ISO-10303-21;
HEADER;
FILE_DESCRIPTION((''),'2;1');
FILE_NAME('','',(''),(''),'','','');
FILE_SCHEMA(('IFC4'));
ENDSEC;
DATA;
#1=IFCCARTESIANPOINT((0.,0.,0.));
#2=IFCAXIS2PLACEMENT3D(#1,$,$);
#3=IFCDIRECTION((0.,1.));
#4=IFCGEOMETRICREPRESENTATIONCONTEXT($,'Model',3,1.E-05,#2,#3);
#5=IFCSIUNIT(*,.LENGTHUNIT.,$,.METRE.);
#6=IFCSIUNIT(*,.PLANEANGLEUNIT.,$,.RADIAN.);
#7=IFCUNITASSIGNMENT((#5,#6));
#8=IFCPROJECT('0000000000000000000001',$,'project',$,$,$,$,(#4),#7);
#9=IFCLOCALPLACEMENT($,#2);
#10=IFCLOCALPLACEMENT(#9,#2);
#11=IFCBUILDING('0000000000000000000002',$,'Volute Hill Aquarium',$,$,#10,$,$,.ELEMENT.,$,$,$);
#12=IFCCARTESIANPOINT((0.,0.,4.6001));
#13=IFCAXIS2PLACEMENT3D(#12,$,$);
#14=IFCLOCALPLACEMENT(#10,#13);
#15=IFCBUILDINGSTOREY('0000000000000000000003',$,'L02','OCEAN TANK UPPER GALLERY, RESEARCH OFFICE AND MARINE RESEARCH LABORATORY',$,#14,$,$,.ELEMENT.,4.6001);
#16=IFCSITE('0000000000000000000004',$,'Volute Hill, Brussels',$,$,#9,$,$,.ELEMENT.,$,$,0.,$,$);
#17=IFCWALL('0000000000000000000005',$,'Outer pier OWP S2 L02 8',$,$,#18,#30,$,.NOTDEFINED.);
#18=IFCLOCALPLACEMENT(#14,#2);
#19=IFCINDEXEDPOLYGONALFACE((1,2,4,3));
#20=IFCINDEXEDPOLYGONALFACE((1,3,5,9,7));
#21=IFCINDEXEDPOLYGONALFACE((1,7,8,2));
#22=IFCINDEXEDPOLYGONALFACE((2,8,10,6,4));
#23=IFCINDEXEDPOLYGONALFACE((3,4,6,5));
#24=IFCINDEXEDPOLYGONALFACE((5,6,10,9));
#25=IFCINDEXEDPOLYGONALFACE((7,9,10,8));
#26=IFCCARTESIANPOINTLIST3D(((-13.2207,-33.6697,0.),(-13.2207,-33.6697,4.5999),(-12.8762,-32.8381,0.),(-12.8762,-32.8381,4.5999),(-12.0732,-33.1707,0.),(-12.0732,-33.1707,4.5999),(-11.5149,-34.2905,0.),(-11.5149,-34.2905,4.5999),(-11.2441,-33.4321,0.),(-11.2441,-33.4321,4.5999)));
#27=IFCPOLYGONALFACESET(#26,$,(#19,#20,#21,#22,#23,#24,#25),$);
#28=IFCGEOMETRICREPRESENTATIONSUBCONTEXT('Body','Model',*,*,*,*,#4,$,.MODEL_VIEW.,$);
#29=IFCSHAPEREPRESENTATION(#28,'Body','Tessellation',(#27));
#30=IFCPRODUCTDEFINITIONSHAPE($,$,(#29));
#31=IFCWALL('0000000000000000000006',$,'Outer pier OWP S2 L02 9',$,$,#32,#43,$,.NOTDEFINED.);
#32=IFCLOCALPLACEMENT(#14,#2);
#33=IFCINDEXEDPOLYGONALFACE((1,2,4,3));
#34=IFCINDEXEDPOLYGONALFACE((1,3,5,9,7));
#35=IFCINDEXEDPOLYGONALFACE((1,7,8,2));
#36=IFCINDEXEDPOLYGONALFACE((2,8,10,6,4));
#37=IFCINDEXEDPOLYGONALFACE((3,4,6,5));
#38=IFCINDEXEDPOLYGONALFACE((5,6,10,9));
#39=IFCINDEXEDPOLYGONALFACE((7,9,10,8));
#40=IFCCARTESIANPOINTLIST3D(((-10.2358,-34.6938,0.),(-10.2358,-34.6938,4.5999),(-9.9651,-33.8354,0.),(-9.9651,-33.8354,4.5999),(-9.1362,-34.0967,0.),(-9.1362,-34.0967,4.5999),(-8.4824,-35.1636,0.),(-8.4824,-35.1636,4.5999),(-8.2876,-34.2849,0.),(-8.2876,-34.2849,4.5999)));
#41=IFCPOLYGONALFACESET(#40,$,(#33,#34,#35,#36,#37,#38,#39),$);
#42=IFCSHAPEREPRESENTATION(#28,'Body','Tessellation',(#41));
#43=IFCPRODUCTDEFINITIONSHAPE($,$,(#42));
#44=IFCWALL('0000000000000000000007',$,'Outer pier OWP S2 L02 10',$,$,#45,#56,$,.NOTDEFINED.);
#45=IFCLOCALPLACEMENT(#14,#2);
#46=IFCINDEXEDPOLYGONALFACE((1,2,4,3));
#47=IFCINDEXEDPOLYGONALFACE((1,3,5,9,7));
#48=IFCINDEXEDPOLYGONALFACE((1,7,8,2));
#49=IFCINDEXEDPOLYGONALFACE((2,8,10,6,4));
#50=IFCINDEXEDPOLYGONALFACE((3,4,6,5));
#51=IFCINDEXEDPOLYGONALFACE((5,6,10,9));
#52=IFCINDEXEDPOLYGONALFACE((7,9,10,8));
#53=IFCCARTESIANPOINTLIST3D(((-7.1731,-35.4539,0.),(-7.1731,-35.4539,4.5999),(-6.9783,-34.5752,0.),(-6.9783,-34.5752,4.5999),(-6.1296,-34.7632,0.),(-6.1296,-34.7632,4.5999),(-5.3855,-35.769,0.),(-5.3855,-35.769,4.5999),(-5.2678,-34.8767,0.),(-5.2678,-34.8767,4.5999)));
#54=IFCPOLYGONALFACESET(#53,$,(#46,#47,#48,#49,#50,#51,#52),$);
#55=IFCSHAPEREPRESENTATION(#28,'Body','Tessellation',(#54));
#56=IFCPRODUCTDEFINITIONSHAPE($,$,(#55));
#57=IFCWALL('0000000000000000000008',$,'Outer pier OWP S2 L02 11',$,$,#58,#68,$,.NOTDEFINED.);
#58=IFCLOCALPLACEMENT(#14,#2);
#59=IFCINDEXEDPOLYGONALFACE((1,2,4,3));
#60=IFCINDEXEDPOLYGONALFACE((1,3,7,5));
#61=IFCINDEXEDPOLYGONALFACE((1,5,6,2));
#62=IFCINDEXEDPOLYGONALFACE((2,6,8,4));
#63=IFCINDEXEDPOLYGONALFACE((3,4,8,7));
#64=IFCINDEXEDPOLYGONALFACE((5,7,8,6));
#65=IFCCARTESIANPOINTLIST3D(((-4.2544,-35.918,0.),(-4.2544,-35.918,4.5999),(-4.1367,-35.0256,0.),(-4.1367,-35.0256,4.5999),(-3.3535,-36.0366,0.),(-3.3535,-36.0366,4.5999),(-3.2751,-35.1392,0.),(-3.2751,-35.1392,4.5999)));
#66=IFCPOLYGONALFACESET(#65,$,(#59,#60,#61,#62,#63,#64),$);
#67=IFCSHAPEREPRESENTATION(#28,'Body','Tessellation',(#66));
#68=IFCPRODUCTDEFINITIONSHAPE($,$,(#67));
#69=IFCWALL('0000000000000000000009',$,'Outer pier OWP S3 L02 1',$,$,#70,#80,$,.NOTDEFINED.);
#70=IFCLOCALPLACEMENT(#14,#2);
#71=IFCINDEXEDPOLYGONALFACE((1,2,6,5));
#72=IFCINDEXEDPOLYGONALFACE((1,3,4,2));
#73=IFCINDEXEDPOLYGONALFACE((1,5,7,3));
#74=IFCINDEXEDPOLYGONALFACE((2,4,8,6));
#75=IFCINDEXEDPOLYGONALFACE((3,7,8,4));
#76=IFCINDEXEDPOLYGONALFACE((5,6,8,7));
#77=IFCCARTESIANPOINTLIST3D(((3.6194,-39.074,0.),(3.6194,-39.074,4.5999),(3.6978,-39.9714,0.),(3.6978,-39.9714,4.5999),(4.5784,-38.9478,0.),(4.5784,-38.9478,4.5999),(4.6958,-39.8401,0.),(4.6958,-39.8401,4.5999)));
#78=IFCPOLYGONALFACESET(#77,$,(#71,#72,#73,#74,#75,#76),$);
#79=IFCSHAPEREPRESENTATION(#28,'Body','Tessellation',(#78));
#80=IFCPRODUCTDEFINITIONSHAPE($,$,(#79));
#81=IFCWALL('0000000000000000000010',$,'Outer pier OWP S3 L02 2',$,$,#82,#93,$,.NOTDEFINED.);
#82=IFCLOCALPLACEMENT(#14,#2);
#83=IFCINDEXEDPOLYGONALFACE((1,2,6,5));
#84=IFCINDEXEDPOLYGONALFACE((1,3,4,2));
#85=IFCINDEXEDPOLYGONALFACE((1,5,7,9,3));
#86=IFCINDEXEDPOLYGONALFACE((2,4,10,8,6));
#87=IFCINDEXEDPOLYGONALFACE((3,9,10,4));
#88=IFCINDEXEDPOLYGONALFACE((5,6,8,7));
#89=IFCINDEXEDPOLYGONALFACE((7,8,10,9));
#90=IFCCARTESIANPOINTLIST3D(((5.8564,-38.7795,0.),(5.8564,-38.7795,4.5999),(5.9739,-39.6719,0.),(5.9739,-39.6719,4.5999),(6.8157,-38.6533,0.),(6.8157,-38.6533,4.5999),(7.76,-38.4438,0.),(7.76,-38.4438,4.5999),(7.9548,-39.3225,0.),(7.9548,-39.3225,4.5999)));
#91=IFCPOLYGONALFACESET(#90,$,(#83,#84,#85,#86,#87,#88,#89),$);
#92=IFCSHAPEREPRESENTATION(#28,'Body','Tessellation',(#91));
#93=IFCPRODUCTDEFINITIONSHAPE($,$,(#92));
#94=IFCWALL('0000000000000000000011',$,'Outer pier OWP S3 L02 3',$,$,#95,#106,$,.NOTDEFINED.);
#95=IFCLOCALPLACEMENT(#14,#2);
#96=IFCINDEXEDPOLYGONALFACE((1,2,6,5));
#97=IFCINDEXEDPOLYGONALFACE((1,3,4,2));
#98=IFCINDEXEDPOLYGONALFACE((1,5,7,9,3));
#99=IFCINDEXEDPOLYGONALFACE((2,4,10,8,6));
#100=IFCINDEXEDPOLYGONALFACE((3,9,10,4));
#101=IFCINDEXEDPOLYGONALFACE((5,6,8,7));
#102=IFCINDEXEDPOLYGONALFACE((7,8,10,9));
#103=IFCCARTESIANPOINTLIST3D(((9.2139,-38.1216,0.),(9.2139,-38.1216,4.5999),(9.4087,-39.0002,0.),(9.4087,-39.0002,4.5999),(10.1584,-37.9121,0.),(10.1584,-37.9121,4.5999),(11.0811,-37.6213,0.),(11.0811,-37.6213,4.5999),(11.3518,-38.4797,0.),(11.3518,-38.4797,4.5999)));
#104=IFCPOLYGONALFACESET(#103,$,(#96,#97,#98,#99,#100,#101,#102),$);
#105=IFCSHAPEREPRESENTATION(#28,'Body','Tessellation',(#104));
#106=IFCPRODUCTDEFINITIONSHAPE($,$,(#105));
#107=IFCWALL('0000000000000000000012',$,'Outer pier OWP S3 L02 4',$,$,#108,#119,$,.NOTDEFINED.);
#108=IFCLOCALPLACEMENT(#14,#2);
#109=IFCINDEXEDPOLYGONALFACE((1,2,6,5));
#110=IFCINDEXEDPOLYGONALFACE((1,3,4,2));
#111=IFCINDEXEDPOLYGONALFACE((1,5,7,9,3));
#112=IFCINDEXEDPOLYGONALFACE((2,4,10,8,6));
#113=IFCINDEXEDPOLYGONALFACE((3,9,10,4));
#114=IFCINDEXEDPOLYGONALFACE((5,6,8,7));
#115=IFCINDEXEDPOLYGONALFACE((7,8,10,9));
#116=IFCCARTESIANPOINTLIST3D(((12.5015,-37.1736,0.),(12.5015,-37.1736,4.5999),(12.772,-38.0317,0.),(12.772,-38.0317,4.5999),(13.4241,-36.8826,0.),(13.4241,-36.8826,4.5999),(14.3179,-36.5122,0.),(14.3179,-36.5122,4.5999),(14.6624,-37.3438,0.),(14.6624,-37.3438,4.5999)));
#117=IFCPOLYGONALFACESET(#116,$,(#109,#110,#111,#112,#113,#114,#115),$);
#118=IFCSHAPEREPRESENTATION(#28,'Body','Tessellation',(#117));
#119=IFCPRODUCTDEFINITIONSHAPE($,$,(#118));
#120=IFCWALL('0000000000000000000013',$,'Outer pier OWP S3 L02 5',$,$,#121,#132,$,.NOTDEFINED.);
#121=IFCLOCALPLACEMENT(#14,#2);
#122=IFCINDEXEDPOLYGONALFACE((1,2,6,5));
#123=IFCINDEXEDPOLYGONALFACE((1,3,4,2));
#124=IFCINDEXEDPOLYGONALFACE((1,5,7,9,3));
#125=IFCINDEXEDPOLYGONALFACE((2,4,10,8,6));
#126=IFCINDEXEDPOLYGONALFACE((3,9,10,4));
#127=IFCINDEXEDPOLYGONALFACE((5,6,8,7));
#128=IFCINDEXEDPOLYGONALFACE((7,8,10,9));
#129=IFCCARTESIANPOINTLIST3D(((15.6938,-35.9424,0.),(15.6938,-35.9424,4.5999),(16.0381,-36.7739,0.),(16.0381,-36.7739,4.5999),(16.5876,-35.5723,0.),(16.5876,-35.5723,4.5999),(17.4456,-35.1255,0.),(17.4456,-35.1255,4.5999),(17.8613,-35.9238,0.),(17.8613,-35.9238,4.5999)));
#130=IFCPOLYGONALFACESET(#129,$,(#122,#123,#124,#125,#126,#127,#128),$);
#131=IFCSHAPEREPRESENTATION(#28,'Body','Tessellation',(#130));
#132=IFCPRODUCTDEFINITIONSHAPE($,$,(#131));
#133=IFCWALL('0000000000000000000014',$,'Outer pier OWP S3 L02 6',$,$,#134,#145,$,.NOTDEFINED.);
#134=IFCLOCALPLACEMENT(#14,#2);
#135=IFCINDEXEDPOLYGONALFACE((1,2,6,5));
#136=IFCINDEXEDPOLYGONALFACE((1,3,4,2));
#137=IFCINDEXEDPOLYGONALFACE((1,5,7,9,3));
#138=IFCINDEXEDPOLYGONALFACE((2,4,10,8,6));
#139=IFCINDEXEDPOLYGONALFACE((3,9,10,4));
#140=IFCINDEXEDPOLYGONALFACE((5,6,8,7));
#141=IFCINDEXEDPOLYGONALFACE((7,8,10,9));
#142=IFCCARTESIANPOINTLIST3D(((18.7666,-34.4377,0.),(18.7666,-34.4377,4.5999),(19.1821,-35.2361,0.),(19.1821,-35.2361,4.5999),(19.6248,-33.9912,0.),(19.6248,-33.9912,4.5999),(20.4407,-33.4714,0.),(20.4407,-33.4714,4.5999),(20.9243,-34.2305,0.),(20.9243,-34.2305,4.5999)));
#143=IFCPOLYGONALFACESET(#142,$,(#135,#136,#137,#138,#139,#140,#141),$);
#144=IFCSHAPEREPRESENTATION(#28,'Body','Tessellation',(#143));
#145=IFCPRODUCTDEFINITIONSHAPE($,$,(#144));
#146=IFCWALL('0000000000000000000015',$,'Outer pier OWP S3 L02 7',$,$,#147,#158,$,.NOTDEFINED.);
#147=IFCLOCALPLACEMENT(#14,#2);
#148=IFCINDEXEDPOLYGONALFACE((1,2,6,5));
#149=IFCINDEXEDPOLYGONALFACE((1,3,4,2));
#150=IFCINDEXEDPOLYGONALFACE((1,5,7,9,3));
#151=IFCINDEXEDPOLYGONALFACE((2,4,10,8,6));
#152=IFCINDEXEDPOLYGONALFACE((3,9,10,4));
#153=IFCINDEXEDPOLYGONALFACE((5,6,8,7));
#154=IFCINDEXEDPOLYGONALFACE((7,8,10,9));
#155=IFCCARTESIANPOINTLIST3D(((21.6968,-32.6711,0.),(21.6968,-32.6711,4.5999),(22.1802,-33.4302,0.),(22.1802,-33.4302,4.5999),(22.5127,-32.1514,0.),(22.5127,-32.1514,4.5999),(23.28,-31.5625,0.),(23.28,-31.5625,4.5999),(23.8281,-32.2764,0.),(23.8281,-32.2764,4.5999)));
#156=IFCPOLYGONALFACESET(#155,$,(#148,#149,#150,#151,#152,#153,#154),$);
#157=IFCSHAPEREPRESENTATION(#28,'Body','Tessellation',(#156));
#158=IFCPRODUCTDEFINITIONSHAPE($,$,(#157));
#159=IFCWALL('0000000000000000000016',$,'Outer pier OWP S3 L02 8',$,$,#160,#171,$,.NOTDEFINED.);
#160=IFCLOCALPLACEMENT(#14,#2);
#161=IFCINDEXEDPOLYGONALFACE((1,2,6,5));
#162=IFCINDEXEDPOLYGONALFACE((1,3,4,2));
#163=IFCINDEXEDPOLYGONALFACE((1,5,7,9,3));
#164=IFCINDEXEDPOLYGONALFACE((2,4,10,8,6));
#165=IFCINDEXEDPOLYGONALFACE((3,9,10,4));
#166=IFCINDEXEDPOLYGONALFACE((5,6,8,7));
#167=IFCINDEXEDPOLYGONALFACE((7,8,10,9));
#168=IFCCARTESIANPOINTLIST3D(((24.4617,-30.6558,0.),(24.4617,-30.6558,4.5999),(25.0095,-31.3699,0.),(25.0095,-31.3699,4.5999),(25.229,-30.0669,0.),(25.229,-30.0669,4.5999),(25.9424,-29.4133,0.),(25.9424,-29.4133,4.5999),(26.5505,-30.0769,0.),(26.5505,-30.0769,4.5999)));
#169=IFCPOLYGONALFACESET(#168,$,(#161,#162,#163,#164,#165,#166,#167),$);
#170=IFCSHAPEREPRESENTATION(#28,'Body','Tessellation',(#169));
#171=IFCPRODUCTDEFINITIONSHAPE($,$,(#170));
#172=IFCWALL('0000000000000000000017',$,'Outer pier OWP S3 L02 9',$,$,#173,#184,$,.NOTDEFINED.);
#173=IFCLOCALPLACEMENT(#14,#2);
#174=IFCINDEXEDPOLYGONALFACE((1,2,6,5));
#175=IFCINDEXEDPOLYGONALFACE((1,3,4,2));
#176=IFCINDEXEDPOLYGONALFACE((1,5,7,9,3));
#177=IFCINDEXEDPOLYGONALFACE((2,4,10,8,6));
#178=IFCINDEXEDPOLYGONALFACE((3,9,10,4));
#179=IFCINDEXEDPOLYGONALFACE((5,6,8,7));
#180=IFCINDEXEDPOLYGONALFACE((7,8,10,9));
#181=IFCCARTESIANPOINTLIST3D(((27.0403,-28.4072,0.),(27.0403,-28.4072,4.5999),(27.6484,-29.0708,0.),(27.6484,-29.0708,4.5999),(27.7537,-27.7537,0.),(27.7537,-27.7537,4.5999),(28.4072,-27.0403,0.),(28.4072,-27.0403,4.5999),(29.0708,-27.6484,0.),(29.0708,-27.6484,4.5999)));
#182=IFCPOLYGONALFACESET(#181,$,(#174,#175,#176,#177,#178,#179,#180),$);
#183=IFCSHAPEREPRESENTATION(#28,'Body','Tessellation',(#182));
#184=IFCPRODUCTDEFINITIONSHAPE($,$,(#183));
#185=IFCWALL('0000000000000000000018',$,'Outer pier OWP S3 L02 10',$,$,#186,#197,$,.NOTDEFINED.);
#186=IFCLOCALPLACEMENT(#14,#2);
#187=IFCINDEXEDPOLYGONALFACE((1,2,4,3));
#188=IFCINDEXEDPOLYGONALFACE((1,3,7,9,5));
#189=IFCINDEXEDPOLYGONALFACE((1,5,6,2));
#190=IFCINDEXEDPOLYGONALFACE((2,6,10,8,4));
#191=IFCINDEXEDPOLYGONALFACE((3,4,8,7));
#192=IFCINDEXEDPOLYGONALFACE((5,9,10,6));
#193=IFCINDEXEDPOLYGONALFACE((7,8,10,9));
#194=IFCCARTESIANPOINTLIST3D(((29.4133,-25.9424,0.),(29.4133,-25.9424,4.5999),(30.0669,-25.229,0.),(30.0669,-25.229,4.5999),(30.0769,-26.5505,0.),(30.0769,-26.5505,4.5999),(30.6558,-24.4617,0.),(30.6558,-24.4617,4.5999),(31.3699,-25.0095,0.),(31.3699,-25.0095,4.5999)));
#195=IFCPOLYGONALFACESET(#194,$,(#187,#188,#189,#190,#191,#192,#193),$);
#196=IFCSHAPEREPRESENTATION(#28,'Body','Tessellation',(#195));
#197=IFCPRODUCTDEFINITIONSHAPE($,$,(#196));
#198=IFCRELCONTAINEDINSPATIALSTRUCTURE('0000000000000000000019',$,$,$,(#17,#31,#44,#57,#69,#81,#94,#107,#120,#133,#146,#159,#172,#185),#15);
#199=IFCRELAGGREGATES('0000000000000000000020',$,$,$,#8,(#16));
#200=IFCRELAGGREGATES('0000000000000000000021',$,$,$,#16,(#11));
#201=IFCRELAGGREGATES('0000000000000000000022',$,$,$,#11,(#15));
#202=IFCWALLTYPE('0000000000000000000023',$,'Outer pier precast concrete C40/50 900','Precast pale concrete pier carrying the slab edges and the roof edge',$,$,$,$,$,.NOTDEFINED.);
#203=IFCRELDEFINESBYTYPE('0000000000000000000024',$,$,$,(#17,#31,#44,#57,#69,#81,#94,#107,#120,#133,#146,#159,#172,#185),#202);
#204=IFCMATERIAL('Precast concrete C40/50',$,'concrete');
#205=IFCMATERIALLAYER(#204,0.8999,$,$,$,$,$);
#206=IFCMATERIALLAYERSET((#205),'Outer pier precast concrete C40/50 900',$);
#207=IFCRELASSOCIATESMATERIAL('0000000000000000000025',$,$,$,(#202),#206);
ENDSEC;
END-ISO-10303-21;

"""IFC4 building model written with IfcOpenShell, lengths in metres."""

from ifc_helpers import new_model, si_unit, direction, frame, origin, place, context, subcontext, project, spatial, polyline, outline, extrude, material, layer, layer_set, type_object, element, save


model = new_model("IFC4")

# Units and contexts
model_context = context("Model", 3, precision=1e-05, world=origin(), true_north=direction((0.0, 1.0)))
body_context = subcontext(model_context, "Body", "Model", "MODEL_VIEW")
ifc_project = project(units=[si_unit("LENGTHUNIT", "METRE"), si_unit("PLANEANGLEUNIT", "RADIAN")], contexts=[model_context])

# Site, building, storey
site_placement = place(None, origin())
site = spatial("IfcSite", under=ifc_project, at=site_placement, Name="Volute Hill, Brussels", CompositionType="ELEMENT", RefElevation=0.0)
building_placement = place(site_placement, origin())
building = spatial("IfcBuilding", under=site, at=building_placement, Name="Volute Hill Aquarium", CompositionType="ELEMENT")
storey_placement = place(building_placement, frame((0.0, 0.0, 4.6001)))
storey = spatial("IfcBuildingStorey", under=building, at=storey_placement, Name="L02", Description="OCEAN TANK UPPER GALLERY, RESEARCH OFFICE AND MARINE RESEARCH LABORATORY", CompositionType="ELEMENT", Elevation=4.6001)

# Walls
ifc_material = material(Name="Precast concrete C40/50", Category="concrete")
ifc_layer = layer(ifc_material, 0.8999)
ifc_layer_set = layer_set([ifc_layer], Name="Outer pier precast concrete C40/50 900")
wall_type = type_object("IfcWallType", Name="Outer pier precast concrete C40/50 900", Description="Precast pale concrete pier carrying the slab edges and the roof edge", PredefinedType="NOTDEFINED", material=ifc_layer_set)
wall_1_placement = place(storey_placement, origin())
element("IfcWall", 1, at=wall_1_placement, inside=storey, type_object=wall_type, Name="Outer pier OWP S2 L02 8", PredefinedType="NOTDEFINED", context=body_context, shape_type="SweptSolid", body=[
    extrude(outline(polyline([(-12.8762, -32.8381), (-13.2207, -33.6697), (-11.5149, -34.2905), (-11.2441, -33.4321), (-12.0732, -33.1707), (-12.8762, -32.8381)])), origin(), (0.0, 0.0, 1.0), 4.5999),
])
wall_2_placement = place(storey_placement, origin())
element("IfcWall", 2, at=wall_2_placement, inside=storey, type_object=wall_type, Name="Outer pier OWP S2 L02 9", PredefinedType="NOTDEFINED", context=body_context, shape_type="SweptSolid", body=[
    extrude(outline(polyline([(-9.9651, -33.8354), (-10.2358, -34.6938), (-8.4824, -35.1636), (-8.2876, -34.2849), (-9.1362, -34.0967), (-9.9651, -33.8354)])), origin(), (0.0, 0.0, 1.0), 4.5999),
])
wall_3_placement = place(storey_placement, origin())
element("IfcWall", 3, at=wall_3_placement, inside=storey, type_object=wall_type, Name="Outer pier OWP S2 L02 10", PredefinedType="NOTDEFINED", context=body_context, shape_type="SweptSolid", body=[
    extrude(outline(polyline([(-6.9783, -34.5752), (-7.1731, -35.4539), (-5.3855, -35.769), (-5.2678, -34.8767), (-6.1296, -34.7632), (-6.9783, -34.5752)])), origin(), (0.0, 0.0, 1.0), 4.5999),
])
wall_4_placement = place(storey_placement, origin())
element("IfcWall", 4, at=wall_4_placement, inside=storey, type_object=wall_type, Name="Outer pier OWP S2 L02 11", PredefinedType="NOTDEFINED", context=body_context, shape_type="SweptSolid", body=[
    extrude(outline(polyline([(-4.1367, -35.0256), (-4.2544, -35.918), (-3.3535, -36.0366), (-3.2751, -35.1392), (-4.1367, -35.0256)])), origin(), (0.0, 0.0, 1.0), 4.5999),
])
wall_5_placement = place(storey_placement, origin())
element("IfcWall", 5, at=wall_5_placement, inside=storey, type_object=wall_type, Name="Outer pier OWP S3 L02 1", PredefinedType="NOTDEFINED", context=body_context, shape_type="SweptSolid", body=[
    extrude(outline(polyline([(3.6194, -39.074), (3.6978, -39.9714), (4.6958, -39.8401), (4.5784, -38.9478), (3.6194, -39.074)])), origin(), (0.0, 0.0, 1.0), 4.5999),
])
wall_6_placement = place(storey_placement, origin())
element("IfcWall", 6, at=wall_6_placement, inside=storey, type_object=wall_type, Name="Outer pier OWP S3 L02 2", PredefinedType="NOTDEFINED", context=body_context, shape_type="SweptSolid", body=[
    extrude(outline(polyline([(5.8564, -38.7795), (5.9739, -39.6719), (7.9548, -39.3225), (7.76, -38.4438), (6.8157, -38.6533), (5.8564, -38.7795)])), origin(), (0.0, 0.0, 1.0), 4.5999),
])
wall_7_placement = place(storey_placement, origin())
element("IfcWall", 7, at=wall_7_placement, inside=storey, type_object=wall_type, Name="Outer pier OWP S3 L02 3", PredefinedType="NOTDEFINED", context=body_context, shape_type="SweptSolid", body=[
    extrude(outline(polyline([(9.2139, -38.1216), (9.4087, -39.0002), (11.3518, -38.4797), (11.0811, -37.6213), (10.1584, -37.9121), (9.2139, -38.1216)])), origin(), (0.0, 0.0, 1.0), 4.5999),
])
wall_8_placement = place(storey_placement, origin())
element("IfcWall", 8, at=wall_8_placement, inside=storey, type_object=wall_type, Name="Outer pier OWP S3 L02 4", PredefinedType="NOTDEFINED", context=body_context, shape_type="SweptSolid", body=[
    extrude(outline(polyline([(12.5015, -37.1736), (12.772, -38.0317), (14.6624, -37.3438), (14.3179, -36.5122), (13.4241, -36.8826), (12.5015, -37.1736)])), origin(), (0.0, 0.0, 1.0), 4.5999),
])
wall_9_placement = place(storey_placement, origin())
element("IfcWall", 9, at=wall_9_placement, inside=storey, type_object=wall_type, Name="Outer pier OWP S3 L02 5", PredefinedType="NOTDEFINED", context=body_context, shape_type="SweptSolid", body=[
    extrude(outline(polyline([(15.6938, -35.9424), (16.0381, -36.7739), (17.8613, -35.9238), (17.4456, -35.1255), (16.5876, -35.5723), (15.6938, -35.9424)])), origin(), (0.0, 0.0, 1.0), 4.5999),
])
wall_10_placement = place(storey_placement, origin())
element("IfcWall", 10, at=wall_10_placement, inside=storey, type_object=wall_type, Name="Outer pier OWP S3 L02 6", PredefinedType="NOTDEFINED", context=body_context, shape_type="SweptSolid", body=[
    extrude(outline(polyline([(18.7666, -34.4377), (19.1821, -35.2361), (20.9243, -34.2305), (20.4407, -33.4714), (19.6248, -33.9912), (18.7666, -34.4377)])), origin(), (0.0, 0.0, 1.0), 4.5999),
])
wall_11_placement = place(storey_placement, origin())
element("IfcWall", 11, at=wall_11_placement, inside=storey, type_object=wall_type, Name="Outer pier OWP S3 L02 7", PredefinedType="NOTDEFINED", context=body_context, shape_type="SweptSolid", body=[
    extrude(outline(polyline([(21.6968, -32.6711), (22.1802, -33.4302), (23.8281, -32.2764), (23.28, -31.5625), (22.5127, -32.1514), (21.6968, -32.6711)])), origin(), (0.0, 0.0, 1.0), 4.5999),
])
wall_12_placement = place(storey_placement, origin())
element("IfcWall", 12, at=wall_12_placement, inside=storey, type_object=wall_type, Name="Outer pier OWP S3 L02 8", PredefinedType="NOTDEFINED", context=body_context, shape_type="SweptSolid", body=[
    extrude(outline(polyline([(24.4617, -30.6558), (25.0095, -31.3699), (26.5505, -30.0769), (25.9424, -29.4133), (25.229, -30.0669), (24.4617, -30.6558)])), origin(), (0.0, 0.0, 1.0), 4.5999),
])
wall_13_placement = place(storey_placement, origin())
element("IfcWall", 13, at=wall_13_placement, inside=storey, type_object=wall_type, Name="Outer pier OWP S3 L02 9", PredefinedType="NOTDEFINED", context=body_context, shape_type="SweptSolid", body=[
    extrude(outline(polyline([(27.0403, -28.4072), (27.6484, -29.0708), (29.0708, -27.6484), (28.4072, -27.0403), (27.7537, -27.7537), (27.0403, -28.4072)])), origin(), (0.0, 0.0, 1.0), 4.5999),
])
wall_14_placement = place(storey_placement, origin())
element("IfcWall", 14, at=wall_14_placement, inside=storey, type_object=wall_type, Name="Outer pier OWP S3 L02 10", PredefinedType="NOTDEFINED", context=body_context, shape_type="SweptSolid", body=[
    extrude(outline(polyline([(29.4133, -25.9424), (30.0769, -26.5505), (31.3699, -25.0095), (30.6558, -24.4617), (30.0669, -25.229), (29.4133, -25.9424)])), origin(), (0.0, 0.0, 1.0), 4.5999),
])

save(model, "model.ifc")
